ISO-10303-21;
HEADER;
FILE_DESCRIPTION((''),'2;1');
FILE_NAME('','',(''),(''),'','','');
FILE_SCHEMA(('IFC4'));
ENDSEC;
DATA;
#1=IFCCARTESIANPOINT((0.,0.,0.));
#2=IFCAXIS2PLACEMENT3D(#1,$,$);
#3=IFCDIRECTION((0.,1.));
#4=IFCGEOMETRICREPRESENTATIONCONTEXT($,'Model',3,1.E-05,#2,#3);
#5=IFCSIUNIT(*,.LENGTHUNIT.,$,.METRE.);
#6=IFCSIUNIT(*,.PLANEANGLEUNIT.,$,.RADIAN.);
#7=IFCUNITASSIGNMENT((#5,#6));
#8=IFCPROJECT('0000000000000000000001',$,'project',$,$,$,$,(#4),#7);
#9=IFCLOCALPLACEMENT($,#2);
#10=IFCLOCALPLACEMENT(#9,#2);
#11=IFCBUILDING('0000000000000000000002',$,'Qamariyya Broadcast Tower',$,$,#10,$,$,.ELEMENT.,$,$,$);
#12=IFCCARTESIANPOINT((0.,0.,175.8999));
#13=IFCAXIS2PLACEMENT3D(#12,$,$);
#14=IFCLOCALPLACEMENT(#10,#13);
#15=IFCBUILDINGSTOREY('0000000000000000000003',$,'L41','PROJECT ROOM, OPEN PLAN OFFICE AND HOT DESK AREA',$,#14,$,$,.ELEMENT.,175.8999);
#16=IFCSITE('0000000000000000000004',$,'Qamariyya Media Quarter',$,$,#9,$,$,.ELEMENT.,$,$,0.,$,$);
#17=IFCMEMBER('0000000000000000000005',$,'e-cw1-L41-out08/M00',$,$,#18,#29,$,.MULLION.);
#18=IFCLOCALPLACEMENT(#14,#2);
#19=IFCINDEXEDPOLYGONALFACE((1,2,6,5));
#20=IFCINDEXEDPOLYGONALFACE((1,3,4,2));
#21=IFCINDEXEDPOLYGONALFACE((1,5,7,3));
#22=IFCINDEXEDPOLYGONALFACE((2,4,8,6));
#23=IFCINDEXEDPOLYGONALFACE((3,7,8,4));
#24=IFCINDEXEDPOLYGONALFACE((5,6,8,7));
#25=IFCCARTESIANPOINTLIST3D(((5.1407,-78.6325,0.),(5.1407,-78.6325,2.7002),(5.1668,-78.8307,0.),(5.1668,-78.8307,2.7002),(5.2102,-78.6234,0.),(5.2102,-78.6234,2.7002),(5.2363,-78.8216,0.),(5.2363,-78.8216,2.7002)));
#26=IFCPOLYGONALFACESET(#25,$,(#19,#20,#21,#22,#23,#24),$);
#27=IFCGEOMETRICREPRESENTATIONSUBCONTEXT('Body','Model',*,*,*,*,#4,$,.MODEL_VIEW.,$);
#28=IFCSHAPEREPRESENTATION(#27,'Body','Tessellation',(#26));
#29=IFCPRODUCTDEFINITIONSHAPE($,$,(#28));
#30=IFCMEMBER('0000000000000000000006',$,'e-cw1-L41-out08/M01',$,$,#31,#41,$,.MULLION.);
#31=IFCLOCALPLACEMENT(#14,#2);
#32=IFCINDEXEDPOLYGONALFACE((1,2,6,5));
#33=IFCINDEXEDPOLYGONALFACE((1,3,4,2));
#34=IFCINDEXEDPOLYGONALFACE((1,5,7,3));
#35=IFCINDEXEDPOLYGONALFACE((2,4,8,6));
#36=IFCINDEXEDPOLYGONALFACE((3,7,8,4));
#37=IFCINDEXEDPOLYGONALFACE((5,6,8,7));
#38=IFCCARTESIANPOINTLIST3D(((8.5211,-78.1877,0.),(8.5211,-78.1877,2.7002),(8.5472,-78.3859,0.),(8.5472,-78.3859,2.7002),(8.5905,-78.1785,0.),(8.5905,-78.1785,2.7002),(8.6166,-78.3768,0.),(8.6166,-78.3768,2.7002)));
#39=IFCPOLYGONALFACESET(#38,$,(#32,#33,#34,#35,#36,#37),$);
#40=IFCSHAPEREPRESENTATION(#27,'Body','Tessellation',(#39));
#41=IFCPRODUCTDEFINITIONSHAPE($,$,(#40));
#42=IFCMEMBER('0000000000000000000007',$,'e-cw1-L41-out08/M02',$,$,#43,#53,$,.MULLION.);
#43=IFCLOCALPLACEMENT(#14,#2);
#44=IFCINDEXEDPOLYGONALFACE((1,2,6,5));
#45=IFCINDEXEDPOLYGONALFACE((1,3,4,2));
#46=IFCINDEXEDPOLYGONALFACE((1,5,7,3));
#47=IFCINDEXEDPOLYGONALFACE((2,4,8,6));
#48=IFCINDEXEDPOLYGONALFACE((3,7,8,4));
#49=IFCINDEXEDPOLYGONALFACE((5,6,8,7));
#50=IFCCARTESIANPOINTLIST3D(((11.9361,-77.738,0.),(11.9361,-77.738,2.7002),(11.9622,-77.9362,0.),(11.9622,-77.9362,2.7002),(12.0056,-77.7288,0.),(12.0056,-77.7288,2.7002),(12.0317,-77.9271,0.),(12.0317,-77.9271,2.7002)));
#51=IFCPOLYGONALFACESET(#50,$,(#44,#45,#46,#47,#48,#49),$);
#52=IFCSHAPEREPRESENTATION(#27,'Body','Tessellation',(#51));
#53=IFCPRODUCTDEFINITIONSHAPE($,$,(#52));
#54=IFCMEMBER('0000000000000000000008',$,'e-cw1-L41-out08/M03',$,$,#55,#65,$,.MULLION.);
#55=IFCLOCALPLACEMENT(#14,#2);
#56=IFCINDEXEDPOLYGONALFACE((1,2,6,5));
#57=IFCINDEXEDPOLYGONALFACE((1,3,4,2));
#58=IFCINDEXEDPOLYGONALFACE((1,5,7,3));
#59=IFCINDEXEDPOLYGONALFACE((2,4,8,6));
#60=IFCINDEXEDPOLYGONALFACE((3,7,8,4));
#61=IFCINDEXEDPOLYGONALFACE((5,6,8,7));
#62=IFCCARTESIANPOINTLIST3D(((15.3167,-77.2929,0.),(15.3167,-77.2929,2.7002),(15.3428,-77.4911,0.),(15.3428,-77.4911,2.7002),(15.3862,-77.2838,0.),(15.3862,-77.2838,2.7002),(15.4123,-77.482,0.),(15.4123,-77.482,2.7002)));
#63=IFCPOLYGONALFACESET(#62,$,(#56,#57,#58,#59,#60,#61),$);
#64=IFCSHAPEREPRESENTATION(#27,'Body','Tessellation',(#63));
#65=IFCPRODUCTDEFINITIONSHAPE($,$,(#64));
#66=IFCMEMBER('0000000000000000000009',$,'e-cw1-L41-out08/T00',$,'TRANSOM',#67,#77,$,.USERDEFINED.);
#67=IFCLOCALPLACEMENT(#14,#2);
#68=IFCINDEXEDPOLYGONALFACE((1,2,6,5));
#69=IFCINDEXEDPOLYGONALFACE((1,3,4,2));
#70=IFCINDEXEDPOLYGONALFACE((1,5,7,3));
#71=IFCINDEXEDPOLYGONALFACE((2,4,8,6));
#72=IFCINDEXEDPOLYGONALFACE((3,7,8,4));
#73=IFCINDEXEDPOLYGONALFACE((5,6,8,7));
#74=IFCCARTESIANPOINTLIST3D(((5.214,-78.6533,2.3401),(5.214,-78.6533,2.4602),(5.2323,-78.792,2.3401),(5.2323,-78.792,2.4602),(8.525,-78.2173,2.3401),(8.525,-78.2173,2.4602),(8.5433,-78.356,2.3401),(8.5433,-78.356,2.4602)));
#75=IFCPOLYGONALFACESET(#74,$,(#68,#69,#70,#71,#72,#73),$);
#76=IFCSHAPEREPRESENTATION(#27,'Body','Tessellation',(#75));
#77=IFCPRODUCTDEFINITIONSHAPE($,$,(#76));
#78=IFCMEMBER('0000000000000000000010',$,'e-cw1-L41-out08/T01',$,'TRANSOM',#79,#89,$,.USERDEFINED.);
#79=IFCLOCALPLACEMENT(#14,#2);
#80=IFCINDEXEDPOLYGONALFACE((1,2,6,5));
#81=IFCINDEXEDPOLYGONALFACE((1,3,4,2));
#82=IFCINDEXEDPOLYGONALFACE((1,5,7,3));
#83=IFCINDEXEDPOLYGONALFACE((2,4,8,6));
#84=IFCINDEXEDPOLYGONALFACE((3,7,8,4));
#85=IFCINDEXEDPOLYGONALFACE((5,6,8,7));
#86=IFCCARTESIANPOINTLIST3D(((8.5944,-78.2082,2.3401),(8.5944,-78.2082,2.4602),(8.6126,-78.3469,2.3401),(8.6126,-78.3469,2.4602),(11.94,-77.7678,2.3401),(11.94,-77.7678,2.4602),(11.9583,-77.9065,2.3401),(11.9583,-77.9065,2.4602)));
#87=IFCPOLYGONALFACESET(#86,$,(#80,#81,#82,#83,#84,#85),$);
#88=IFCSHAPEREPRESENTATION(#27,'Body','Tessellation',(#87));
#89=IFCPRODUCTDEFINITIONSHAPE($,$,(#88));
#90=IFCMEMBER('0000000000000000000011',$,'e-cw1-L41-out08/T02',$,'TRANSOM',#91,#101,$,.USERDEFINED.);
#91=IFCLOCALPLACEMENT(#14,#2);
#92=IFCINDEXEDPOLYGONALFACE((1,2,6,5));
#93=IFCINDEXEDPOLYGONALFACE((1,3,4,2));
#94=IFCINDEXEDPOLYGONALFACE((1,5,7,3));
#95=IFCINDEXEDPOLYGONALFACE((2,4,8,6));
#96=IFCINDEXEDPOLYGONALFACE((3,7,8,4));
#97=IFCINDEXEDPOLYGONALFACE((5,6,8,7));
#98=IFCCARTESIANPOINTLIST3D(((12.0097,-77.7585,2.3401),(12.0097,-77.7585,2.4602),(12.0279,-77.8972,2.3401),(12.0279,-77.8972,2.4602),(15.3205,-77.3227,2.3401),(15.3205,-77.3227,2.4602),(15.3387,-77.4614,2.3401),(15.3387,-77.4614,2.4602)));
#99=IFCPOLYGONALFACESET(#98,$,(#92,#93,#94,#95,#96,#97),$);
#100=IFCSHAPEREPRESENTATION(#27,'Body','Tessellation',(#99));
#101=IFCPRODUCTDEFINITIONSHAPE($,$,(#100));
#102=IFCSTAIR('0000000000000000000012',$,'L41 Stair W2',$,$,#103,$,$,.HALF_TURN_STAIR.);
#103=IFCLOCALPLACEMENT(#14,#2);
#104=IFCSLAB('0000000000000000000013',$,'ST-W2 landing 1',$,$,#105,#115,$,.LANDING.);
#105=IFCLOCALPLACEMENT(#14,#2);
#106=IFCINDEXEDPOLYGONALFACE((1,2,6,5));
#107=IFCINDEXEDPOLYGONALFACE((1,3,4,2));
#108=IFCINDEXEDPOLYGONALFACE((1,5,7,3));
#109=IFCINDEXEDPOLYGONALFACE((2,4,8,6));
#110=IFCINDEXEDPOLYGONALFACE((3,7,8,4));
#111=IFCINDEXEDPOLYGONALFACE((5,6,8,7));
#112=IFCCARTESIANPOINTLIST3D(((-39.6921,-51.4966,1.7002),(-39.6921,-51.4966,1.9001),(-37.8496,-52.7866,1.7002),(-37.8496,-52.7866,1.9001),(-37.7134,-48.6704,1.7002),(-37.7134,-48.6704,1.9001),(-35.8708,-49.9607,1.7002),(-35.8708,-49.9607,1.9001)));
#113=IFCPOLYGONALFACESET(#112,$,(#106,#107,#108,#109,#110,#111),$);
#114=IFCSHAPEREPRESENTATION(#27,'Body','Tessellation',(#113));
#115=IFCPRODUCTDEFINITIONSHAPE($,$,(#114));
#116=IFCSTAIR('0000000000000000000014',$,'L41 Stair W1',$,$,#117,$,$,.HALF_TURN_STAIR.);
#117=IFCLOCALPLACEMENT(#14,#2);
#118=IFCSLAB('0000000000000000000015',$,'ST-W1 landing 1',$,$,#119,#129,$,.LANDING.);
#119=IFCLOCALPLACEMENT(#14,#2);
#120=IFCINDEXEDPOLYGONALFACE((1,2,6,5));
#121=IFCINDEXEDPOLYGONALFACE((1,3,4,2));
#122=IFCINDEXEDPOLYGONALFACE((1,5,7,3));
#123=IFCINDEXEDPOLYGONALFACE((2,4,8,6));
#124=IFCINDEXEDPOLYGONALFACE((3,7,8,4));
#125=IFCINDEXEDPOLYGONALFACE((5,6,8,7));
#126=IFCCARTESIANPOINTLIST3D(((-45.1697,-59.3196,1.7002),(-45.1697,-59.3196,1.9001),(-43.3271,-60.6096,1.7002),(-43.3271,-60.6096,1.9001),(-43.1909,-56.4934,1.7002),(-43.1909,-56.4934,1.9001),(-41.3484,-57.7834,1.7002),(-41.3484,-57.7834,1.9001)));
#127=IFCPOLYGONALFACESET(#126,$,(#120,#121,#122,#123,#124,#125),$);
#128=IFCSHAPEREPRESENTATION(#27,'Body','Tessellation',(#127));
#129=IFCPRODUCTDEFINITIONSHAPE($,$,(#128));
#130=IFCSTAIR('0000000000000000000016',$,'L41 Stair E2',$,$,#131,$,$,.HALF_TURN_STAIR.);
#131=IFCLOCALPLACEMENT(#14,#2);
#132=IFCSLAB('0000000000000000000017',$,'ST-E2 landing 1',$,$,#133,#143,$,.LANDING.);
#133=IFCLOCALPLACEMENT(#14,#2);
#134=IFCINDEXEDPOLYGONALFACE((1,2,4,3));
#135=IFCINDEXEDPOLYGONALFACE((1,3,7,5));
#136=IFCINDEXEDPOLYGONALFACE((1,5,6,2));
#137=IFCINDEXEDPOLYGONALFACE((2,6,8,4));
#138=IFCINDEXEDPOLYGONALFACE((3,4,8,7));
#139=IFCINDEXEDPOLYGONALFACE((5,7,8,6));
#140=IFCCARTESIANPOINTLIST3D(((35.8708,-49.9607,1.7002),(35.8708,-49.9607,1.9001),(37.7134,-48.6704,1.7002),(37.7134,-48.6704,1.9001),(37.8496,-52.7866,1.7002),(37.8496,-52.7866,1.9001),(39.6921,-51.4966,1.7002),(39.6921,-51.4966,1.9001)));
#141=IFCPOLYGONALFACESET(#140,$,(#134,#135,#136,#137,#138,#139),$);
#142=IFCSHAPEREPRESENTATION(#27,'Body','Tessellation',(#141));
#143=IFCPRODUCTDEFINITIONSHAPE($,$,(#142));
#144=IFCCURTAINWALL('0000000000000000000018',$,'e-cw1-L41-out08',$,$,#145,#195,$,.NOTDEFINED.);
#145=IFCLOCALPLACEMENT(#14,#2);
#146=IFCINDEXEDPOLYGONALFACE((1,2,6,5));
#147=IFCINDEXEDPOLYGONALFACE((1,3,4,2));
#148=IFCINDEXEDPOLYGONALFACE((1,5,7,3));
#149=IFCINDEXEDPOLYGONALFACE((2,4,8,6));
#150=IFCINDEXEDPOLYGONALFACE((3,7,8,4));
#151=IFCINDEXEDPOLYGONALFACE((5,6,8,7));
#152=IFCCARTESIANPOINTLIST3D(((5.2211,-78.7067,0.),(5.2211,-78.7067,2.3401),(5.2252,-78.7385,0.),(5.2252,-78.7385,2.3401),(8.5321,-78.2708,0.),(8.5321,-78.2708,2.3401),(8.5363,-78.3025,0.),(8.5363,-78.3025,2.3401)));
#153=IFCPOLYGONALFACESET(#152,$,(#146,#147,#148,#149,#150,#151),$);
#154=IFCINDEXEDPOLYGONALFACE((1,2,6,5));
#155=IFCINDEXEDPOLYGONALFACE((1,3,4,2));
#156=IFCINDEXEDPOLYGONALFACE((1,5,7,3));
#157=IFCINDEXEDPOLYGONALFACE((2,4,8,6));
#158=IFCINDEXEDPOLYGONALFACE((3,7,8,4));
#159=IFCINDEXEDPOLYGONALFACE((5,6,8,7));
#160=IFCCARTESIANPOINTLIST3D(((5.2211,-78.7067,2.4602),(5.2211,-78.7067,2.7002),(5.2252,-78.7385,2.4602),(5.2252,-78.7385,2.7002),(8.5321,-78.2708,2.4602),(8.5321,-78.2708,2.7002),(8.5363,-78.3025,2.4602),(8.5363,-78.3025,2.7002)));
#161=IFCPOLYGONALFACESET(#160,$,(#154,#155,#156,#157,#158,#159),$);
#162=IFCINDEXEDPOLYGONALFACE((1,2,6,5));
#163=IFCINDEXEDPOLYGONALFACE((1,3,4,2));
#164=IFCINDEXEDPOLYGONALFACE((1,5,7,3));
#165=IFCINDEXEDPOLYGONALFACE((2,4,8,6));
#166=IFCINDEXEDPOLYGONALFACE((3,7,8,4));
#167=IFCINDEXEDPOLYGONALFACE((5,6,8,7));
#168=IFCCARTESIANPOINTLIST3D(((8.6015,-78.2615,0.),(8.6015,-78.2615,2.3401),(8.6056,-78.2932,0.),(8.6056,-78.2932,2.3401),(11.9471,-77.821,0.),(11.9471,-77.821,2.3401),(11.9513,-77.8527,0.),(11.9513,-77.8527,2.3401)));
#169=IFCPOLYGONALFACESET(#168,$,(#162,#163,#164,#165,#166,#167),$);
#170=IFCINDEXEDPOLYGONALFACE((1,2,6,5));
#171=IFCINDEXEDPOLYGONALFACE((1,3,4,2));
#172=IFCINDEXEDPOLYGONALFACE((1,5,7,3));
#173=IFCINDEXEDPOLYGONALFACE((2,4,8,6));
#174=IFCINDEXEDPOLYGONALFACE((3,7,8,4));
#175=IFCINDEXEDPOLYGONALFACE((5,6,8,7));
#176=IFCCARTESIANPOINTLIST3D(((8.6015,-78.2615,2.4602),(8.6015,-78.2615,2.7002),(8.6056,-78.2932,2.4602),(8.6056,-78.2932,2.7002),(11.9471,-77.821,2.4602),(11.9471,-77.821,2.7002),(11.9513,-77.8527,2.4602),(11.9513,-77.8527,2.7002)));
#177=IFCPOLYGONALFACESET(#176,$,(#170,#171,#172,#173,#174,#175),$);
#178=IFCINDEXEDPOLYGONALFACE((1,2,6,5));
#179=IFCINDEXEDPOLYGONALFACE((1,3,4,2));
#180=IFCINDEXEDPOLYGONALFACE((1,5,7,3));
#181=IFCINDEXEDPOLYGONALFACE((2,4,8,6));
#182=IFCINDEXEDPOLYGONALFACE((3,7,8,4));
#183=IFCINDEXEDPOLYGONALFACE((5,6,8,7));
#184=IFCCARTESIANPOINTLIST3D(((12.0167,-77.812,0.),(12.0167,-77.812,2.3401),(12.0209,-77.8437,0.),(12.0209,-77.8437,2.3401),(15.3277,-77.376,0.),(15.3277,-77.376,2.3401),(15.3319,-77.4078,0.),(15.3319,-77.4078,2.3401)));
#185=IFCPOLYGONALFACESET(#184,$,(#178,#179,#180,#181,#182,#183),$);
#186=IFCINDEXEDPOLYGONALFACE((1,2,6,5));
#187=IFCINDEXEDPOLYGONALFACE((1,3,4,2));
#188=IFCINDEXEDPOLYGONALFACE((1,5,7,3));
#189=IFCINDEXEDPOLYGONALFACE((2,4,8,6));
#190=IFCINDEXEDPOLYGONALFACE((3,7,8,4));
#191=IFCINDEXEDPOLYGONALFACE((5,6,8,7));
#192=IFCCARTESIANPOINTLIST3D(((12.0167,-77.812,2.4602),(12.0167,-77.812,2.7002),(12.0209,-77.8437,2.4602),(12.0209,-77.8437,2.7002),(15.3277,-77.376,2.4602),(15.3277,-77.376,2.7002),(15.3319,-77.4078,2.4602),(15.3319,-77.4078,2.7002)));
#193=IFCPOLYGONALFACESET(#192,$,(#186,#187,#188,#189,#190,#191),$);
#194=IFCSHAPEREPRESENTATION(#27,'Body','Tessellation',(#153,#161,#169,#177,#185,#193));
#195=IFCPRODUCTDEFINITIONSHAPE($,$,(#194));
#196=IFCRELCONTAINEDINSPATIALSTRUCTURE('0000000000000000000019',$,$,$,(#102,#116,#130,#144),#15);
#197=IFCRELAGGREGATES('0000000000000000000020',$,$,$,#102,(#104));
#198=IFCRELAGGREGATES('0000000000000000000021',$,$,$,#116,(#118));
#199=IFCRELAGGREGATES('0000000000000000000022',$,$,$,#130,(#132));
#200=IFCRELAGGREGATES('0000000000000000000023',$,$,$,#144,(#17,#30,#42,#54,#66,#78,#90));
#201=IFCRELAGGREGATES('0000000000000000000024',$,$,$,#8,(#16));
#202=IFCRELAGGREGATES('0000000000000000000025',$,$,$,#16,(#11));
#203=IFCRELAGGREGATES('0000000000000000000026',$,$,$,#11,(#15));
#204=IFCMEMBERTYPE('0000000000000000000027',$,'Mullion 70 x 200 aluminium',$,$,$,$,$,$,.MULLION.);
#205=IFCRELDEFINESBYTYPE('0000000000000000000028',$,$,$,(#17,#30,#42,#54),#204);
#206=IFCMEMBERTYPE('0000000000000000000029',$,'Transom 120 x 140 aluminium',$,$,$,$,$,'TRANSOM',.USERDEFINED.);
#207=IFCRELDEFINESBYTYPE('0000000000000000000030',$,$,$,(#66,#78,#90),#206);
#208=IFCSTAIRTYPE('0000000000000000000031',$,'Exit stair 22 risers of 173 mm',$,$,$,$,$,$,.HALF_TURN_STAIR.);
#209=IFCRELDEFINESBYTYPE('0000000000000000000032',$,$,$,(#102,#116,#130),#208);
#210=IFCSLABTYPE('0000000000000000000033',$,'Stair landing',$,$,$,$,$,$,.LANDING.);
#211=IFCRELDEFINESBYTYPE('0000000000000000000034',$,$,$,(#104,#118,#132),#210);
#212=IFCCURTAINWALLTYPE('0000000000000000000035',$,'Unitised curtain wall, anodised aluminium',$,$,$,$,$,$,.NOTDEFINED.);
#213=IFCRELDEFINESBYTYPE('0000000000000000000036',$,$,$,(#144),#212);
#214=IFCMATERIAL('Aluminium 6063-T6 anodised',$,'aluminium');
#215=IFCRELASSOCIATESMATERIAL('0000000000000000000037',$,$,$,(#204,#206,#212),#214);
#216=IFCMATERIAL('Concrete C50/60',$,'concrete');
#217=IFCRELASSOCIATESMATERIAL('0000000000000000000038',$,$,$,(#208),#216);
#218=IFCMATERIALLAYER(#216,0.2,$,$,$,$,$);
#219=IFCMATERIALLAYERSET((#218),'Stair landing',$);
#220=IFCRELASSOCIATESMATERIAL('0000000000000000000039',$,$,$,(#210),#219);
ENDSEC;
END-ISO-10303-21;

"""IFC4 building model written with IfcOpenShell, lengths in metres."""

from ifc_helpers import new_model, si_unit, direction, frame, origin, origin_2d, place, context, subcontext, project, spatial, polyline, rectangle, outline, extrude, material, layer, layer_set, material_profile, profile_set, type_object, element, aggregate, save


model = new_model("IFC4")

# Units and contexts
model_context = context("Model", 3, precision=1e-05, world=origin(), true_north=direction((0.0, 1.0)))
body_context = subcontext(model_context, "Body", "Model", "MODEL_VIEW")
ifc_project = project(units=[si_unit("LENGTHUNIT", "METRE"), si_unit("PLANEANGLEUNIT", "RADIAN")], contexts=[model_context])

# Members
ifc_material_1 = material(Name="Aluminium 6063-T6 anodised", Category="aluminium")
ifc_material_profile_1 = material_profile(ifc_material_1, rectangle(XDim=0.2, YDim=0.0701, at=origin_2d()))
ifc_profile_set_1 = profile_set([ifc_material_profile_1], Name="Aluminium 6063-T6 anodised")
member_type_1 = type_object("IfcMemberType", Name="Mullion 70 x 200 aluminium", PredefinedType="MULLION", material=ifc_profile_set_1)
site_placement = place(None, origin())
building_placement = place(site_placement, origin())
storey_placement = place(building_placement, frame((0.0, 0.0, 175.8999)))
member_1_placement = place(storey_placement, frame((5.1885, -78.7271, 0.0), z_axis=(0.0, 0.0, 1.0), x_axis=(-0.130526, 0.991445, 0.0)))
member_1 = element("IfcMember", 1, at=member_1_placement, type_object=member_type_1, Name="e-cw1-L41-out08/M00", PredefinedType="MULLION", context=body_context, shape_type="SweptSolid", body=[
    extrude(rectangle(XDim=0.2, YDim=0.0701, at=origin_2d()), origin(), (0.0, 0.0, 1.0), 2.7002),
])
member_2_placement = place(storey_placement, frame((8.5688, -78.2822, 0.0), z_axis=(0.0, 0.0, 1.0), x_axis=(-0.130526, 0.991445, 0.0)))
member_2 = element("IfcMember", 2, at=member_2_placement, type_object=member_type_1, Name="e-cw1-L41-out08/M01", PredefinedType="MULLION", context=body_context, shape_type="SweptSolid", body=[
    extrude(rectangle(XDim=0.2, YDim=0.0701, at=origin_2d()), origin(), (0.0, 0.0, 1.0), 2.7002),
])
member_3_placement = place(storey_placement, frame((11.9839, -77.8325, 0.0), z_axis=(0.0, 0.0, 1.0), x_axis=(-0.130526, 0.991445, 0.0)))
member_3 = element("IfcMember", 3, at=member_3_placement, type_object=member_type_1, Name="e-cw1-L41-out08/M02", PredefinedType="MULLION", context=body_context, shape_type="SweptSolid", body=[
    extrude(rectangle(XDim=0.2, YDim=0.0701, at=origin_2d()), origin(), (0.0, 0.0, 1.0), 2.7002),
])
member_4_placement = place(storey_placement, frame((15.3645, -77.3875, 0.0), z_axis=(0.0, 0.0, 1.0), x_axis=(-0.130526, 0.991445, 0.0)))
member_4 = element("IfcMember", 4, at=member_4_placement, type_object=member_type_1, Name="e-cw1-L41-out08/M03", PredefinedType="MULLION", context=body_context, shape_type="SweptSolid", body=[
    extrude(rectangle(XDim=0.2, YDim=0.0701, at=origin_2d()), origin(), (0.0, 0.0, 1.0), 2.7002),
])
ifc_material_profile_2 = material_profile(ifc_material_1, rectangle(XDim=0.1399, YDim=0.1201, at=origin_2d()))
ifc_profile_set_2 = profile_set([ifc_material_profile_2], Name="Aluminium 6063-T6 anodised")
member_type_2 = type_object("IfcMemberType", Name="Transom 120 x 140 aluminium", ElementType="TRANSOM", PredefinedType="USERDEFINED", material=ifc_profile_set_2)
member_5_placement = place(storey_placement, frame((5.2231, -78.7227, 2.4001), z_axis=(0.99144, 0.130564, 0.0), x_axis=(-0.130564, 0.99144, 0.0)))
member_5 = element("IfcMember", 5, at=member_5_placement, type_object=member_type_2, Name="e-cw1-L41-out08/T00", ObjectType="TRANSOM", PredefinedType="USERDEFINED", context=body_context, shape_type="SweptSolid", body=[
    extrude(rectangle(XDim=0.1399, YDim=0.1201, at=origin_2d()), origin(), (0.0, 0.0, 1.0), 3.3396),
])
member_6_placement = place(storey_placement, frame((8.6035, -78.2776, 2.4001), z_axis=(0.991446, 0.130514, 0.0), x_axis=(-0.130514, 0.991446, 0.0)))
member_6 = element("IfcMember", 6, at=member_6_placement, type_object=member_type_2, Name="e-cw1-L41-out08/T01", ObjectType="TRANSOM", PredefinedType="USERDEFINED", context=body_context, shape_type="SweptSolid", body=[
    extrude(rectangle(XDim=0.1399, YDim=0.1201, at=origin_2d()), origin(), (0.0, 0.0, 1.0), 3.3745),
])
member_7_placement = place(storey_placement, frame((12.0188, -77.8279, 2.4001), z_axis=(0.991448, 0.130502, 0.0), x_axis=(-0.130502, 0.991448, 0.0)))
member_7 = element("IfcMember", 7, at=member_7_placement, type_object=member_type_2, Name="e-cw1-L41-out08/T02", ObjectType="TRANSOM", PredefinedType="USERDEFINED", context=body_context, shape_type="SweptSolid", body=[
    extrude(rectangle(XDim=0.1399, YDim=0.1201, at=origin_2d()), origin(), (0.0, 0.0, 1.0), 3.3394),
])

# Site, building, storey
site = spatial("IfcSite", under=ifc_project, at=site_placement, Name="Qamariyya Media Quarter", CompositionType="ELEMENT", RefElevation=0.0)
building = spatial("IfcBuilding", under=site, at=building_placement, Name="Qamariyya Broadcast Tower", CompositionType="ELEMENT")
storey = spatial("IfcBuildingStorey", under=building, at=storey_placement, Name="L41", Description="PROJECT ROOM, OPEN PLAN OFFICE AND HOT DESK AREA", CompositionType="ELEMENT", Elevation=175.8999)

# Stairs, slabs
ifc_material_2 = material(Name="Concrete C50/60", Category="concrete")
stair_type = type_object("IfcStairType", Name="Exit stair 22 risers of 173 mm", PredefinedType="HALF_TURN_STAIR", material=ifc_material_2)
stair_1_placement = place(storey_placement, origin())
stair_1 = element("IfcStair", 8, at=stair_1_placement, inside=storey, type_object=stair_type, Name="L41 Stair W2", PredefinedType="HALF_TURN_STAIR")
ifc_layer = layer(ifc_material_2, 0.2)
ifc_layer_set = layer_set([ifc_layer], Name="Stair landing")
slab_type = type_object("IfcSlabType", Name="Stair landing", PredefinedType="LANDING", material=ifc_layer_set)
slab_1_placement = place(storey_placement, frame((0.0, 0.0, 1.7002)))
slab_1 = element("IfcSlab", 9, at=slab_1_placement, type_object=slab_type, Name="ST-W2 landing 1", PredefinedType="LANDING", context=body_context, shape_type="SweptSolid", body=[
    extrude(outline(polyline([(-39.6921, -51.4966), (-37.8496, -52.7866), (-35.8708, -49.9607), (-37.7134, -48.6704), (-39.6921, -51.4966)])), origin(), (0.0, 0.0, 1.0), 0.2),
])
aggregate(stair_1, [slab_1])
stair_2_placement = place(storey_placement, origin())
stair_2 = element("IfcStair", 10, at=stair_2_placement, inside=storey, type_object=stair_type, Name="L41 Stair W1", PredefinedType="HALF_TURN_STAIR")
slab_2_placement = place(storey_placement, frame((0.0, 0.0, 1.7002)))
slab_2 = element("IfcSlab", 11, at=slab_2_placement, type_object=slab_type, Name="ST-W1 landing 1", PredefinedType="LANDING", context=body_context, shape_type="SweptSolid", body=[
    extrude(outline(polyline([(-45.1697, -59.3196), (-43.3271, -60.6096), (-41.3484, -57.7834), (-43.1909, -56.4934), (-45.1697, -59.3196)])), origin(), (0.0, 0.0, 1.0), 0.2),
])
aggregate(stair_2, [slab_2])
stair_3_placement = place(storey_placement, origin())
stair_3 = element("IfcStair", 12, at=stair_3_placement, inside=storey, type_object=stair_type, Name="L41 Stair E2", PredefinedType="HALF_TURN_STAIR")
slab_3_placement = place(storey_placement, frame((0.0, 0.0, 1.7002)))
slab_3 = element("IfcSlab", 13, at=slab_3_placement, type_object=slab_type, Name="ST-E2 landing 1", PredefinedType="LANDING", context=body_context, shape_type="SweptSolid", body=[
    extrude(outline(polyline([(37.7134, -48.6704), (35.8708, -49.9607), (37.8496, -52.7866), (39.6921, -51.4966), (37.7134, -48.6704)])), origin(), (0.0, 0.0, 1.0), 0.2),
])
aggregate(stair_3, [slab_3])

# Curtain wall
curtain_wall_type = type_object("IfcCurtainWallType", Name="Unitised curtain wall, anodised aluminium", PredefinedType="NOTDEFINED", material=ifc_material_1)
curtain_wall_1_placement = place(storey_placement, origin())
curtain_wall_1 = element("IfcCurtainWall", 14, at=curtain_wall_1_placement, inside=storey, type_object=curtain_wall_type, Name="e-cw1-L41-out08", PredefinedType="NOTDEFINED", context=body_context, shape_type="SweptSolid", body=[
    extrude(rectangle(XDim=3.3396, YDim=0.032, at=origin_2d()), frame((6.8787, -78.5046, 0.0), x_axis=(0.991444, 0.130531, 0.0)), (0.0, 0.0, 1.0), 2.3401),
    extrude(rectangle(XDim=3.3396, YDim=0.032, at=origin_2d()), frame((6.8787, -78.5046, 2.4602), x_axis=(0.991444, 0.130531, 0.0)), (0.0, 0.0, 1.0), 0.24),
    extrude(rectangle(XDim=3.3745, YDim=0.032, at=origin_2d()), frame((10.2764, -78.0571, 0.0), x_axis=(0.991444, 0.130531, 0.0)), (0.0, 0.0, 1.0), 2.3401),
    extrude(rectangle(XDim=3.3745, YDim=0.032, at=origin_2d()), frame((10.2764, -78.0571, 2.4602), x_axis=(0.991444, 0.130531, 0.0)), (0.0, 0.0, 1.0), 0.24),
    extrude(rectangle(XDim=3.3396, YDim=0.032, at=origin_2d()), frame((13.6743, -77.6099, 0.0), x_axis=(0.991444, 0.130531, 0.0)), (0.0, 0.0, 1.0), 2.3401),
    extrude(rectangle(XDim=3.3396, YDim=0.032, at=origin_2d()), frame((13.6743, -77.6099, 2.4602), x_axis=(0.991444, 0.130531, 0.0)), (0.0, 0.0, 1.0), 0.24),
])
aggregate(curtain_wall_1, [member_1, member_2, member_3, member_4, member_5, member_6, member_7])

save(model, "model.ifc")
